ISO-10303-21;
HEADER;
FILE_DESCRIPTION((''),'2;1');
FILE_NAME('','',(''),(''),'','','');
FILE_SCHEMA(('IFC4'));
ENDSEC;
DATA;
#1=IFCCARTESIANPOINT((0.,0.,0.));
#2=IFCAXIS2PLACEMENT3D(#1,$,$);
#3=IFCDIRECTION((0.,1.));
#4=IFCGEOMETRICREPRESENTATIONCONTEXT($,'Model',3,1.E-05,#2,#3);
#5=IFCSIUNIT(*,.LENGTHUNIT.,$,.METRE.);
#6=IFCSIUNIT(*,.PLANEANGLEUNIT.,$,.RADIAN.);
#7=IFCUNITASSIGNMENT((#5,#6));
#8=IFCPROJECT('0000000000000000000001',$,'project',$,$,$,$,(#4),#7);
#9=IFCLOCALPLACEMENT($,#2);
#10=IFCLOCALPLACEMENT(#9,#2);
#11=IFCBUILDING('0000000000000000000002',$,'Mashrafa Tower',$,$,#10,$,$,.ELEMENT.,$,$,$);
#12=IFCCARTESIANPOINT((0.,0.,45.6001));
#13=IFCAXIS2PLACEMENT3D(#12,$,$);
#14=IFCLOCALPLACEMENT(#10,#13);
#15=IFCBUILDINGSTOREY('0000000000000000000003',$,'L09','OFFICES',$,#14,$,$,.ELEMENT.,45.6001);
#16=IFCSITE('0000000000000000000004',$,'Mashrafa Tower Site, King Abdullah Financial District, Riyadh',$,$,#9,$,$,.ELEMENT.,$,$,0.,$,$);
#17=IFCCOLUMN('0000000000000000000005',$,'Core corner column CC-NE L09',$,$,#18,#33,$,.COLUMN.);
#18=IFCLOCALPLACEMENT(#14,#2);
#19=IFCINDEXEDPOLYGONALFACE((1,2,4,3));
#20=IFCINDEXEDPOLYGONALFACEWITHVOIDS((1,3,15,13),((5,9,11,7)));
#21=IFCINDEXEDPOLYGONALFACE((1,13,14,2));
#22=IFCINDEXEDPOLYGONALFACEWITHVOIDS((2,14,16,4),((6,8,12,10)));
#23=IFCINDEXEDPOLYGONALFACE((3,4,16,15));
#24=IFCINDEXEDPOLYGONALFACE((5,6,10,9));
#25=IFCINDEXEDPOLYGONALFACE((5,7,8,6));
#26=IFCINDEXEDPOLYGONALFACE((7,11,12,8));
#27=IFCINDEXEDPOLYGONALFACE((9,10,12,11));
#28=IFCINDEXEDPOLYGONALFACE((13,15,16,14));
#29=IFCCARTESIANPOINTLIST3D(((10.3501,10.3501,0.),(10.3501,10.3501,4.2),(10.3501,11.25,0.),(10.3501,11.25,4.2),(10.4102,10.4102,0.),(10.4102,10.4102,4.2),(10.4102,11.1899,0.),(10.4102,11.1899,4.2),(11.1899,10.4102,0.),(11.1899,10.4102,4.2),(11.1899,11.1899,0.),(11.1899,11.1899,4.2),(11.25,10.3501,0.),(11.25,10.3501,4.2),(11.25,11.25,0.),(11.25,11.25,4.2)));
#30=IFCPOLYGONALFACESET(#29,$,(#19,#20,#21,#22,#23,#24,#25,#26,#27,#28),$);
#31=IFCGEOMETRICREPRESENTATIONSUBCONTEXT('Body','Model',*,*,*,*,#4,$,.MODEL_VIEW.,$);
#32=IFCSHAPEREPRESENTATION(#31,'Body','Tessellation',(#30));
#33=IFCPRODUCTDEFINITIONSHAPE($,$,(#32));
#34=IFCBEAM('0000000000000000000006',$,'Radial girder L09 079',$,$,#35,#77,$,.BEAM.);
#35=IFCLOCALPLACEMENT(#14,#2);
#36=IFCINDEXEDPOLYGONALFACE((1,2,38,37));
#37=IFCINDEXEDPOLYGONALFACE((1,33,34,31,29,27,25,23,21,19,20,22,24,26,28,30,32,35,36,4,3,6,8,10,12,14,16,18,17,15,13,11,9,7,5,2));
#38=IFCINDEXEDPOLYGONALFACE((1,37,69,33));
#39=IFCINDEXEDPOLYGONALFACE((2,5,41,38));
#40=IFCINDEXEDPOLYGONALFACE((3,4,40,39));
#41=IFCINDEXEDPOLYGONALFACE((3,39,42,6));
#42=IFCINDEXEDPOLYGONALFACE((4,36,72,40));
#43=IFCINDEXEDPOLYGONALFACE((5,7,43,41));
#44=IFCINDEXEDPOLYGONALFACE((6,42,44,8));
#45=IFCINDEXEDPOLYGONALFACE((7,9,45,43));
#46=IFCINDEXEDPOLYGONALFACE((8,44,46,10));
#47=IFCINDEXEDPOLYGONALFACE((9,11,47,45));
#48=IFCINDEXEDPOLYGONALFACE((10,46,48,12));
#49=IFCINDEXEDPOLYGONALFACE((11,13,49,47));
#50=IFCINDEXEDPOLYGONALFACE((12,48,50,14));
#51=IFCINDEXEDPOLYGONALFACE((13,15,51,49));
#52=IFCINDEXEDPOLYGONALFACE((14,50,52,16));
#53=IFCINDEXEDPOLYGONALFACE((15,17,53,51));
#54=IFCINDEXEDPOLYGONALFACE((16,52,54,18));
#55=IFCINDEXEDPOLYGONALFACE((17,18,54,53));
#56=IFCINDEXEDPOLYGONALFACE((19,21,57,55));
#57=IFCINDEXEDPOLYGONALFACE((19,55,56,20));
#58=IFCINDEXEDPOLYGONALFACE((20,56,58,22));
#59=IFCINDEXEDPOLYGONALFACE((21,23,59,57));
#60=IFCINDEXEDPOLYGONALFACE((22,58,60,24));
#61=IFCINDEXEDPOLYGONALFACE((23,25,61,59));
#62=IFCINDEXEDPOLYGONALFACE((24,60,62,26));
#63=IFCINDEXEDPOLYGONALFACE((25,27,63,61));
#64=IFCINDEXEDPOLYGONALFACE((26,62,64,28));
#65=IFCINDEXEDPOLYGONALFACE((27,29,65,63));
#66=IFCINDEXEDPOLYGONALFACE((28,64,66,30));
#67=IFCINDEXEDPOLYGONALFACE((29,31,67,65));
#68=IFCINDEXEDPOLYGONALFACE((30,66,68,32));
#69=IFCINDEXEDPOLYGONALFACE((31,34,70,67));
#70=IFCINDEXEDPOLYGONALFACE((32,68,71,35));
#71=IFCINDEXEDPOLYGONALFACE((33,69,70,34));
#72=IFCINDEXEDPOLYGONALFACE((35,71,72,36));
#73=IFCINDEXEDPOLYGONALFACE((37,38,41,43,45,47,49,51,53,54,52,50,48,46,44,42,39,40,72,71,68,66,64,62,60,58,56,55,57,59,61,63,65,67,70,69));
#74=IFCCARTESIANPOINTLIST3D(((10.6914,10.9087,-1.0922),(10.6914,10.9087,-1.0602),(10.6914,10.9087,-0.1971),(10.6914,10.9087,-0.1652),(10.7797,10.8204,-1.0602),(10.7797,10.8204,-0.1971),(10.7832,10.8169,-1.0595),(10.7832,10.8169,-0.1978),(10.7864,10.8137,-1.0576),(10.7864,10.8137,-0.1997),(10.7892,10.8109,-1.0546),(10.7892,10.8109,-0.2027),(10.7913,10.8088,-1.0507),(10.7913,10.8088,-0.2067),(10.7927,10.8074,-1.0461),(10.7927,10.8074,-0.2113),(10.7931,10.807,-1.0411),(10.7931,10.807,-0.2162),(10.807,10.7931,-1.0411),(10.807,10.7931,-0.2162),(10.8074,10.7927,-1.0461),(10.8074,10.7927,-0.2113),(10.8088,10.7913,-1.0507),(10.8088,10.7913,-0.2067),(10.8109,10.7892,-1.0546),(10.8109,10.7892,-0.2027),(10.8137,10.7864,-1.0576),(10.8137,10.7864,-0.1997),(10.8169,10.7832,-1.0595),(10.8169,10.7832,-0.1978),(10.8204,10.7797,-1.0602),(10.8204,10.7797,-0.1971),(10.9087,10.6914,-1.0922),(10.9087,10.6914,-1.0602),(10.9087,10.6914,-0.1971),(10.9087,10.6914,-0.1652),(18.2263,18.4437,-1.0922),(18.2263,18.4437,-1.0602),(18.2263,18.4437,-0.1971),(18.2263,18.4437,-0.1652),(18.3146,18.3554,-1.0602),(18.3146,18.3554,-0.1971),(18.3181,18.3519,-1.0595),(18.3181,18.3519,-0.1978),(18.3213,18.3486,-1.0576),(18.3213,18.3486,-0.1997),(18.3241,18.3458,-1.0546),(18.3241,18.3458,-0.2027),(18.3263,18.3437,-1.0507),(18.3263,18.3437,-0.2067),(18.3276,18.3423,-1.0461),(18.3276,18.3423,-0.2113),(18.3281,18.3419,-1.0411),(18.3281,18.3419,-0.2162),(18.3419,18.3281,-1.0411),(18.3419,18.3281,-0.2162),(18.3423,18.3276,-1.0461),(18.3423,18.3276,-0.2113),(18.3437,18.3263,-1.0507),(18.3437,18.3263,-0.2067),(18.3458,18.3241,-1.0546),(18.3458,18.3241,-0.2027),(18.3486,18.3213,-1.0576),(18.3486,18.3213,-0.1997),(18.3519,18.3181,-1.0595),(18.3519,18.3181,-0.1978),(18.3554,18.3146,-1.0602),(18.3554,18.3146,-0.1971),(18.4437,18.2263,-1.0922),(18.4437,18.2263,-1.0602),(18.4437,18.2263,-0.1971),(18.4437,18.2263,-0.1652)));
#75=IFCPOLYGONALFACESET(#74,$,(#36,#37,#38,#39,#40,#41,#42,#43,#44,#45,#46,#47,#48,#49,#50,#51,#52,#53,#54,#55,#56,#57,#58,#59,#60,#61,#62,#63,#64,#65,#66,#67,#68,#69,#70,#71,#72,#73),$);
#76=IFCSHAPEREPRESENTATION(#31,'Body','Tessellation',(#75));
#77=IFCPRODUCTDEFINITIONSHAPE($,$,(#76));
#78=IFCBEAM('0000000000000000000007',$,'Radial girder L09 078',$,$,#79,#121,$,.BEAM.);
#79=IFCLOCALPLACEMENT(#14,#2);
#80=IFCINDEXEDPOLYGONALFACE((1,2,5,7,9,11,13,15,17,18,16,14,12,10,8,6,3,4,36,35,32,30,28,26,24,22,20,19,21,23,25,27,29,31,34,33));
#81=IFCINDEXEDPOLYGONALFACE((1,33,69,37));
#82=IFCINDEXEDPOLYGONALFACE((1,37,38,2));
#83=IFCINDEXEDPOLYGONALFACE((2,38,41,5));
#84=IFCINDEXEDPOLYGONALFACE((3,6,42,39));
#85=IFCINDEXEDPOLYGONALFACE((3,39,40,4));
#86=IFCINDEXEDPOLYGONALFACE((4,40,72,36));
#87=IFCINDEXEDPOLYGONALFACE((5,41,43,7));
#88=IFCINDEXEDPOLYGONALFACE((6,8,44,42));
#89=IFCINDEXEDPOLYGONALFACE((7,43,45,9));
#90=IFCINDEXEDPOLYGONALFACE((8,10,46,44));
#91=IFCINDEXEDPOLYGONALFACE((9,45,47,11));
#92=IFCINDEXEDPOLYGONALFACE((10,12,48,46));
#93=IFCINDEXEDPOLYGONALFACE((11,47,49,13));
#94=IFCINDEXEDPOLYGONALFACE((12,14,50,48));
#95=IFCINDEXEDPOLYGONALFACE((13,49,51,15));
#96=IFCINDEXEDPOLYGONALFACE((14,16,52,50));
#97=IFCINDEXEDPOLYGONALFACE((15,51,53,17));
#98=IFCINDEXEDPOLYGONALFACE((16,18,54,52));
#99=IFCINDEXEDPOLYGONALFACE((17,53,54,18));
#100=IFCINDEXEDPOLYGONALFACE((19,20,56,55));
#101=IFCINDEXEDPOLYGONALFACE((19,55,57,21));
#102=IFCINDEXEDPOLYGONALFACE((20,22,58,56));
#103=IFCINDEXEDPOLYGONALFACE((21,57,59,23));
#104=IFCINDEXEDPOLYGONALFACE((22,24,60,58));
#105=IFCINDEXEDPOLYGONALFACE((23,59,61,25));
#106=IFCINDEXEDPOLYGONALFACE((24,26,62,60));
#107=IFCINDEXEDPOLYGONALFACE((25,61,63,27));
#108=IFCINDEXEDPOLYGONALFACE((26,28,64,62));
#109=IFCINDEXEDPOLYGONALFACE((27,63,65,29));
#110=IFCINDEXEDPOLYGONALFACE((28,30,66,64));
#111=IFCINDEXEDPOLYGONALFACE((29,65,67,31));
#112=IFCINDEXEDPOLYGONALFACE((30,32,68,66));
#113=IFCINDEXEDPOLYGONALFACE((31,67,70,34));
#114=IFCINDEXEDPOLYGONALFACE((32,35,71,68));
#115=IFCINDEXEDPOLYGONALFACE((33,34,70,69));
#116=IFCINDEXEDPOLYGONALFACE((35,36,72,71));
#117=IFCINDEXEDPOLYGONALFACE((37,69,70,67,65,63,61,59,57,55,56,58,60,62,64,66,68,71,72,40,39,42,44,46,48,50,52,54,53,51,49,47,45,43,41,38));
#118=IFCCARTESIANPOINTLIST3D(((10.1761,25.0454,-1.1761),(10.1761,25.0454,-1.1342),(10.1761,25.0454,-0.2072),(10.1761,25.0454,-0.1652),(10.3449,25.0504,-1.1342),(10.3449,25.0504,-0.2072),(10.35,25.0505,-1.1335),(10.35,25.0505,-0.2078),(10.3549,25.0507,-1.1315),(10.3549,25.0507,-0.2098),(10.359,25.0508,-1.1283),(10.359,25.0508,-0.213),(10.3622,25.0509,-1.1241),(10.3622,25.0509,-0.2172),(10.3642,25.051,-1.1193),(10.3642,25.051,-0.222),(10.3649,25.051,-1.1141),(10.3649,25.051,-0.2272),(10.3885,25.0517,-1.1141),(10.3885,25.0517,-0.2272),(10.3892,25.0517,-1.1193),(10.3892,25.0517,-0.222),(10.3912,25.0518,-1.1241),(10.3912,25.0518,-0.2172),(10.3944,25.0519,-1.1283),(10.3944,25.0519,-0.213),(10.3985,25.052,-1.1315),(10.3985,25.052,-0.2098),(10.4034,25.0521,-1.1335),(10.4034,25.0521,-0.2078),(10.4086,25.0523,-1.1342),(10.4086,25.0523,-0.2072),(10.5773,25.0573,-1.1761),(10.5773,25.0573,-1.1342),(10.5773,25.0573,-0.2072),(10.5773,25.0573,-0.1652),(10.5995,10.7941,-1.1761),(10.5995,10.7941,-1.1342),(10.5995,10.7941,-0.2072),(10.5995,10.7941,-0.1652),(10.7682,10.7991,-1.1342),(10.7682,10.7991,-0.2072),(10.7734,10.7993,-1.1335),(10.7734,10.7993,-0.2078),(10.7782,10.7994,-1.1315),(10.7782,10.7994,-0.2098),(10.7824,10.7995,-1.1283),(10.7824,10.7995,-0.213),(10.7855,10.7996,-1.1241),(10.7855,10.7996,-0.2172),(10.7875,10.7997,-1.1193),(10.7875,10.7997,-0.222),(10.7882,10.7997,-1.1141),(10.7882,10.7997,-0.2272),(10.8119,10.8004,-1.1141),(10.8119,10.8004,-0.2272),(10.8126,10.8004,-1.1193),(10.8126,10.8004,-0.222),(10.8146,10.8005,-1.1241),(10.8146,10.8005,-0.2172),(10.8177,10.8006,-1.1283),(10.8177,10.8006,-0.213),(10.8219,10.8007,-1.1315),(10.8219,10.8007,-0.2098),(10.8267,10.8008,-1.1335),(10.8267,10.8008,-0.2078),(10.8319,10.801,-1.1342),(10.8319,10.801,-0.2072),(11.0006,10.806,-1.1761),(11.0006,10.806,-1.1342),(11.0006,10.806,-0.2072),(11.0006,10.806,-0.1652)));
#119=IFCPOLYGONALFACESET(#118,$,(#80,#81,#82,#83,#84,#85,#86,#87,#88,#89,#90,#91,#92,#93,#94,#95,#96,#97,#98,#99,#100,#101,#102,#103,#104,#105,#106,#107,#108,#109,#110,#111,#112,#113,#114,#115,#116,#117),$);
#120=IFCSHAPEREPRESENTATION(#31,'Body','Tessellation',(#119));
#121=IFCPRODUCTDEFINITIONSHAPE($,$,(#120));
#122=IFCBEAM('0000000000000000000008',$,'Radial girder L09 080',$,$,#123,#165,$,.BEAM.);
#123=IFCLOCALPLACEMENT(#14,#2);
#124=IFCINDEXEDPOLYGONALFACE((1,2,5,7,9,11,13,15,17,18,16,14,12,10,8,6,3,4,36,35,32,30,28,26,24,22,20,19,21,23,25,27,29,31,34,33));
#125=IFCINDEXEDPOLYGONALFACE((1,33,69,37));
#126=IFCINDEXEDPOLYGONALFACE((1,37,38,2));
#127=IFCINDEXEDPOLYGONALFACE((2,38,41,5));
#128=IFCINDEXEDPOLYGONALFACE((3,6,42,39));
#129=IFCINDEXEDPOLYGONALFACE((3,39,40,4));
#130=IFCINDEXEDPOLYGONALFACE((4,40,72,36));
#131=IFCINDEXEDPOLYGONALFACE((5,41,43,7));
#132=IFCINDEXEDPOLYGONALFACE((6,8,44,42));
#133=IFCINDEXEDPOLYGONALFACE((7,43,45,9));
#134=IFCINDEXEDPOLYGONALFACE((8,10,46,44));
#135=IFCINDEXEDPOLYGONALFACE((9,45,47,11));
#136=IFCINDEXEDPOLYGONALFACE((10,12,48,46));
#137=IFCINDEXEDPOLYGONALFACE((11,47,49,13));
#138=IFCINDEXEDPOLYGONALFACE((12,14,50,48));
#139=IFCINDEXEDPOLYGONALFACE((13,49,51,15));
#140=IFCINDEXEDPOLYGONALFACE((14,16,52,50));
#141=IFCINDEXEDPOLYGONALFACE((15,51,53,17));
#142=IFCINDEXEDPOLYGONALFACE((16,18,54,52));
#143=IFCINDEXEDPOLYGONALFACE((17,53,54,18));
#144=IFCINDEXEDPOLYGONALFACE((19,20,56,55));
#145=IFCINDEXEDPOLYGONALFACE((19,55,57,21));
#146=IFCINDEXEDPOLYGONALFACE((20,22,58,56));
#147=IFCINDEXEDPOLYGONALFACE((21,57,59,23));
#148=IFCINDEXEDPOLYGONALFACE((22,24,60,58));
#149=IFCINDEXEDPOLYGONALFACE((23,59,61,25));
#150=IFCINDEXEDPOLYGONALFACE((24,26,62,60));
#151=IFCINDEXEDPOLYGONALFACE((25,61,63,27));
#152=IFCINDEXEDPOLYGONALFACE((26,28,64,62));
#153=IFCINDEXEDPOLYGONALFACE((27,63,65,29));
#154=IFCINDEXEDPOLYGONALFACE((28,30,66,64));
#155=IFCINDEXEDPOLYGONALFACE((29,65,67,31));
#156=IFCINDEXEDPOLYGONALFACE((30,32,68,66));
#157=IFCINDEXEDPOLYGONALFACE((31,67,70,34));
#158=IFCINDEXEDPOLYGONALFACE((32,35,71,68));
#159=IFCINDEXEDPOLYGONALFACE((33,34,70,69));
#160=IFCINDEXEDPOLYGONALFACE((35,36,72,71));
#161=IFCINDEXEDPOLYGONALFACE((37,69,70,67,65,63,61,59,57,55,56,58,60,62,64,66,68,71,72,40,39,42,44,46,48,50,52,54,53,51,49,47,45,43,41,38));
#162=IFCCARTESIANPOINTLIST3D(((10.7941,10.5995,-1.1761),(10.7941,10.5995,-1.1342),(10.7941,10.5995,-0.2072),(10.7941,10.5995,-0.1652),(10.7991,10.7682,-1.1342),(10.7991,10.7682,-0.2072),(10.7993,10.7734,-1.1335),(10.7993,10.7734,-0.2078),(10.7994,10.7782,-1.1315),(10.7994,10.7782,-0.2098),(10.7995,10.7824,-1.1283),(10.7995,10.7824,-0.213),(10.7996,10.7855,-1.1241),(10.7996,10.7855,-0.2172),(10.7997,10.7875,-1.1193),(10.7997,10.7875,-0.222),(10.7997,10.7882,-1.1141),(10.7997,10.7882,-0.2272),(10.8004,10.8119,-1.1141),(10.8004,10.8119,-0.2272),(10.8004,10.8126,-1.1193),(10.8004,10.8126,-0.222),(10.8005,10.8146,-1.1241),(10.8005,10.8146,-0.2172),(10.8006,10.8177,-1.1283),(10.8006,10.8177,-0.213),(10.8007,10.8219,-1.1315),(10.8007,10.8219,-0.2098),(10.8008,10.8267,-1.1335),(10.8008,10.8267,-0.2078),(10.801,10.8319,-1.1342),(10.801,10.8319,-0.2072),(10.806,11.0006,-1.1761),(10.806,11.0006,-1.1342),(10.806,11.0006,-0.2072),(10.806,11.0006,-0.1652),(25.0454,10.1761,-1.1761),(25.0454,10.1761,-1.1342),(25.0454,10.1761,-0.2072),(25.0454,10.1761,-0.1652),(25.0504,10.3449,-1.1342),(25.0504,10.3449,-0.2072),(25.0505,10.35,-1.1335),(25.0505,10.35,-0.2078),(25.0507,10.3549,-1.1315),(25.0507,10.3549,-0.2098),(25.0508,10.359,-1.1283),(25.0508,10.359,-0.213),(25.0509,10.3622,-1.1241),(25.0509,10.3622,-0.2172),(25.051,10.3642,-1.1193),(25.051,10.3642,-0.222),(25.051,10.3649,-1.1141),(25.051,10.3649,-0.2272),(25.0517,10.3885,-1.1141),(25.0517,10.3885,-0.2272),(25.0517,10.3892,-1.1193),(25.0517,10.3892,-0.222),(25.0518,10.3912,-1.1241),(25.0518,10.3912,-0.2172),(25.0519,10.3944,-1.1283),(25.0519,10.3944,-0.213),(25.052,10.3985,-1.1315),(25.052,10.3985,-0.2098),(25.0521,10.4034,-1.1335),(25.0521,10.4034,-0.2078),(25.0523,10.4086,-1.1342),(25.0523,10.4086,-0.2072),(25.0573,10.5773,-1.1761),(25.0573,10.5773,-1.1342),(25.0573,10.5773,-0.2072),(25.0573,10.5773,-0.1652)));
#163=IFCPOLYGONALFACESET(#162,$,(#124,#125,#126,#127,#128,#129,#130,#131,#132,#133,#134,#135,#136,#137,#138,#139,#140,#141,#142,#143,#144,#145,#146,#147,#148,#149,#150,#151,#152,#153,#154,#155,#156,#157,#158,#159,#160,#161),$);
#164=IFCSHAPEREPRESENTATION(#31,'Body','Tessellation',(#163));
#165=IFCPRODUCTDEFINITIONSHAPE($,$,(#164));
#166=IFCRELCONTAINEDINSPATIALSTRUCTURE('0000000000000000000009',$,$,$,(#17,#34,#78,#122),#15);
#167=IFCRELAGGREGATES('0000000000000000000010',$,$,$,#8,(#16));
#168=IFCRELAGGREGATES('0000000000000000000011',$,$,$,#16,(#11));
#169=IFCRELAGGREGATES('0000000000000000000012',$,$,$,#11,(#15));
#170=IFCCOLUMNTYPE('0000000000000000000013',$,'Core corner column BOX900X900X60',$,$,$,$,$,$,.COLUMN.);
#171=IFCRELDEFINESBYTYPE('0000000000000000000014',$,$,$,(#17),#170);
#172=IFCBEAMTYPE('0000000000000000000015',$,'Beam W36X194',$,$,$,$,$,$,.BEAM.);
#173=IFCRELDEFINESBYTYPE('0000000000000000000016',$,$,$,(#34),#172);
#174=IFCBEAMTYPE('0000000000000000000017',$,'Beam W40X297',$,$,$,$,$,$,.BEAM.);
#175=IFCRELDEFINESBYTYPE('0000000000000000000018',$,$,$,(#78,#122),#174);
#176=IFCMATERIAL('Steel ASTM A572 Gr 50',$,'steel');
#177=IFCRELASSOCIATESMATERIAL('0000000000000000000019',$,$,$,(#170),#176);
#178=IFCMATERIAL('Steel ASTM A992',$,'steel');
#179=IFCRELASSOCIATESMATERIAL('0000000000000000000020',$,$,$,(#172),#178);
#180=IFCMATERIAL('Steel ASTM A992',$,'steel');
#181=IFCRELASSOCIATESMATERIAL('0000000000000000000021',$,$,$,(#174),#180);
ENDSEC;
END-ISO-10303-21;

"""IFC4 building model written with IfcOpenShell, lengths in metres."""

from ifc_helpers import new_model, si_unit, direction, frame, origin, origin_2d, place, context, subcontext, project, spatial, hollow_rectangle, i_section, extrude, material, material_profile, profile_set, type_object, element, save


model = new_model("IFC4")

# Units and contexts
model_context = context("Model", 3, precision=1e-05, world=origin(), true_north=direction((0.0, 1.0)))
body_context = subcontext(model_context, "Body", "Model", "MODEL_VIEW")
ifc_project = project(units=[si_unit("LENGTHUNIT", "METRE"), si_unit("PLANEANGLEUNIT", "RADIAN")], contexts=[model_context])

# Site, building, storey
site_placement = place(None, origin())
site = spatial("IfcSite", under=ifc_project, at=site_placement, Name="Mashrafa Tower Site, King Abdullah Financial District, Riyadh", CompositionType="ELEMENT", RefElevation=0.0)
building_placement = place(site_placement, origin())
building = spatial("IfcBuilding", under=site, at=building_placement, Name="Mashrafa Tower", CompositionType="ELEMENT")
storey_placement = place(building_placement, frame((0.0, 0.0, 45.6001)))
storey = spatial("IfcBuildingStorey", under=building, at=storey_placement, Name="L09", Description="OFFICES", CompositionType="ELEMENT", Elevation=45.6001)

# Column
ifc_material_1 = material(Name="Steel ASTM A572 Gr 50", Category="steel")
ifc_material_profile_1 = material_profile(ifc_material_1, hollow_rectangle(XDim=0.8999, YDim=0.8999, WallThickness=0.0601, at=origin_2d()), Name="BOX900X900X60")
ifc_profile_set_1 = profile_set([ifc_material_profile_1], Name="Steel ASTM A572 Gr 50")
column_type = type_object("IfcColumnType", Name="Core corner column BOX900X900X60", PredefinedType="COLUMN", material=ifc_profile_set_1)
column_placement = place(storey_placement, frame((10.8, 10.8, 0.0), z_axis=(0.0, 0.0, 1.0), x_axis=(1.0, 0.0, 0.0)))
element("IfcColumn", 1, at=column_placement, inside=storey, type_object=column_type, Name="Core corner column CC-NE L09", PredefinedType="COLUMN", context=body_context, shape_type="SweptSolid", body=[
    extrude(hollow_rectangle(XDim=0.8999, YDim=0.8999, WallThickness=0.0601, at=origin_2d()), origin(), (0.0, 0.0, 1.0), 4.2),
])

# Beams
ifc_material_2 = material(Name="Steel ASTM A992", Category="steel")
ifc_material_profile_2 = material_profile(ifc_material_2, i_section(OverallWidth=0.3074, OverallDepth=0.927, WebThickness=0.0195, FlangeThickness=0.032, FilletRadius=0.019, at=origin_2d()), Name="W36X194")
ifc_profile_set_2 = profile_set([ifc_material_profile_2], Name="Steel ASTM A992")
beam_type_1 = type_object("IfcBeamType", Name="Beam W36X194", PredefinedType="BEAM", material=ifc_profile_set_2)
beam_1_placement = place(storey_placement, frame((10.8, 10.8, -0.6287), z_axis=(0.707107, 0.707107, 0.0), x_axis=(-0.707107, 0.707107, 0.0)))
element("IfcBeam", 2, at=beam_1_placement, inside=storey, type_object=beam_type_1, Name="Radial girder L09 079", PredefinedType="BEAM", context=body_context, shape_type="SweptSolid", body=[
    extrude(i_section(OverallWidth=0.3074, OverallDepth=0.927, WebThickness=0.0195, FlangeThickness=0.032, FilletRadius=0.019, at=origin_2d()), origin(), (0.0, 0.0, 1.0), 10.656),
])
ifc_material_3 = material(Name="Steel ASTM A992", Category="steel")
ifc_material_profile_3 = material_profile(ifc_material_3, i_section(OverallWidth=0.4014, OverallDepth=1.011, WebThickness=0.0237, FlangeThickness=0.042, FilletRadius=0.02, at=origin_2d()), Name="W40X297")
ifc_profile_set_3 = profile_set([ifc_material_profile_3], Name="Steel ASTM A992")
beam_type_2 = type_object("IfcBeamType", Name="Beam W40X297", PredefinedType="BEAM", material=ifc_profile_set_3)
for number, where, z_axis, x_axis, name in (
    (3, (10.8, 10.8, -0.6707), (-0.029692, 0.999559, 0.0), (-0.999559, -0.029692, 0.0), "Radial girder L09 078"),
    (4, (10.8, 10.8, -0.6707), (0.999559, -0.029692, 0.0), (0.029692, 0.999559, 0.0), "Radial girder L09 080"),
):
    element("IfcBeam", number, at=place(storey_placement, frame(where, z_axis=z_axis, x_axis=x_axis)), inside=storey, type_object=beam_type_2, Name=name, PredefinedType="BEAM", context=body_context, shape_type="SweptSolid", body=[
        extrude(i_section(OverallWidth=0.4014, OverallDepth=1.011, WebThickness=0.0237, FlangeThickness=0.042, FilletRadius=0.02, at=origin_2d()), origin(), (0.0, 0.0, 1.0), 14.2576),
    ])

save(model, "model.ifc")
